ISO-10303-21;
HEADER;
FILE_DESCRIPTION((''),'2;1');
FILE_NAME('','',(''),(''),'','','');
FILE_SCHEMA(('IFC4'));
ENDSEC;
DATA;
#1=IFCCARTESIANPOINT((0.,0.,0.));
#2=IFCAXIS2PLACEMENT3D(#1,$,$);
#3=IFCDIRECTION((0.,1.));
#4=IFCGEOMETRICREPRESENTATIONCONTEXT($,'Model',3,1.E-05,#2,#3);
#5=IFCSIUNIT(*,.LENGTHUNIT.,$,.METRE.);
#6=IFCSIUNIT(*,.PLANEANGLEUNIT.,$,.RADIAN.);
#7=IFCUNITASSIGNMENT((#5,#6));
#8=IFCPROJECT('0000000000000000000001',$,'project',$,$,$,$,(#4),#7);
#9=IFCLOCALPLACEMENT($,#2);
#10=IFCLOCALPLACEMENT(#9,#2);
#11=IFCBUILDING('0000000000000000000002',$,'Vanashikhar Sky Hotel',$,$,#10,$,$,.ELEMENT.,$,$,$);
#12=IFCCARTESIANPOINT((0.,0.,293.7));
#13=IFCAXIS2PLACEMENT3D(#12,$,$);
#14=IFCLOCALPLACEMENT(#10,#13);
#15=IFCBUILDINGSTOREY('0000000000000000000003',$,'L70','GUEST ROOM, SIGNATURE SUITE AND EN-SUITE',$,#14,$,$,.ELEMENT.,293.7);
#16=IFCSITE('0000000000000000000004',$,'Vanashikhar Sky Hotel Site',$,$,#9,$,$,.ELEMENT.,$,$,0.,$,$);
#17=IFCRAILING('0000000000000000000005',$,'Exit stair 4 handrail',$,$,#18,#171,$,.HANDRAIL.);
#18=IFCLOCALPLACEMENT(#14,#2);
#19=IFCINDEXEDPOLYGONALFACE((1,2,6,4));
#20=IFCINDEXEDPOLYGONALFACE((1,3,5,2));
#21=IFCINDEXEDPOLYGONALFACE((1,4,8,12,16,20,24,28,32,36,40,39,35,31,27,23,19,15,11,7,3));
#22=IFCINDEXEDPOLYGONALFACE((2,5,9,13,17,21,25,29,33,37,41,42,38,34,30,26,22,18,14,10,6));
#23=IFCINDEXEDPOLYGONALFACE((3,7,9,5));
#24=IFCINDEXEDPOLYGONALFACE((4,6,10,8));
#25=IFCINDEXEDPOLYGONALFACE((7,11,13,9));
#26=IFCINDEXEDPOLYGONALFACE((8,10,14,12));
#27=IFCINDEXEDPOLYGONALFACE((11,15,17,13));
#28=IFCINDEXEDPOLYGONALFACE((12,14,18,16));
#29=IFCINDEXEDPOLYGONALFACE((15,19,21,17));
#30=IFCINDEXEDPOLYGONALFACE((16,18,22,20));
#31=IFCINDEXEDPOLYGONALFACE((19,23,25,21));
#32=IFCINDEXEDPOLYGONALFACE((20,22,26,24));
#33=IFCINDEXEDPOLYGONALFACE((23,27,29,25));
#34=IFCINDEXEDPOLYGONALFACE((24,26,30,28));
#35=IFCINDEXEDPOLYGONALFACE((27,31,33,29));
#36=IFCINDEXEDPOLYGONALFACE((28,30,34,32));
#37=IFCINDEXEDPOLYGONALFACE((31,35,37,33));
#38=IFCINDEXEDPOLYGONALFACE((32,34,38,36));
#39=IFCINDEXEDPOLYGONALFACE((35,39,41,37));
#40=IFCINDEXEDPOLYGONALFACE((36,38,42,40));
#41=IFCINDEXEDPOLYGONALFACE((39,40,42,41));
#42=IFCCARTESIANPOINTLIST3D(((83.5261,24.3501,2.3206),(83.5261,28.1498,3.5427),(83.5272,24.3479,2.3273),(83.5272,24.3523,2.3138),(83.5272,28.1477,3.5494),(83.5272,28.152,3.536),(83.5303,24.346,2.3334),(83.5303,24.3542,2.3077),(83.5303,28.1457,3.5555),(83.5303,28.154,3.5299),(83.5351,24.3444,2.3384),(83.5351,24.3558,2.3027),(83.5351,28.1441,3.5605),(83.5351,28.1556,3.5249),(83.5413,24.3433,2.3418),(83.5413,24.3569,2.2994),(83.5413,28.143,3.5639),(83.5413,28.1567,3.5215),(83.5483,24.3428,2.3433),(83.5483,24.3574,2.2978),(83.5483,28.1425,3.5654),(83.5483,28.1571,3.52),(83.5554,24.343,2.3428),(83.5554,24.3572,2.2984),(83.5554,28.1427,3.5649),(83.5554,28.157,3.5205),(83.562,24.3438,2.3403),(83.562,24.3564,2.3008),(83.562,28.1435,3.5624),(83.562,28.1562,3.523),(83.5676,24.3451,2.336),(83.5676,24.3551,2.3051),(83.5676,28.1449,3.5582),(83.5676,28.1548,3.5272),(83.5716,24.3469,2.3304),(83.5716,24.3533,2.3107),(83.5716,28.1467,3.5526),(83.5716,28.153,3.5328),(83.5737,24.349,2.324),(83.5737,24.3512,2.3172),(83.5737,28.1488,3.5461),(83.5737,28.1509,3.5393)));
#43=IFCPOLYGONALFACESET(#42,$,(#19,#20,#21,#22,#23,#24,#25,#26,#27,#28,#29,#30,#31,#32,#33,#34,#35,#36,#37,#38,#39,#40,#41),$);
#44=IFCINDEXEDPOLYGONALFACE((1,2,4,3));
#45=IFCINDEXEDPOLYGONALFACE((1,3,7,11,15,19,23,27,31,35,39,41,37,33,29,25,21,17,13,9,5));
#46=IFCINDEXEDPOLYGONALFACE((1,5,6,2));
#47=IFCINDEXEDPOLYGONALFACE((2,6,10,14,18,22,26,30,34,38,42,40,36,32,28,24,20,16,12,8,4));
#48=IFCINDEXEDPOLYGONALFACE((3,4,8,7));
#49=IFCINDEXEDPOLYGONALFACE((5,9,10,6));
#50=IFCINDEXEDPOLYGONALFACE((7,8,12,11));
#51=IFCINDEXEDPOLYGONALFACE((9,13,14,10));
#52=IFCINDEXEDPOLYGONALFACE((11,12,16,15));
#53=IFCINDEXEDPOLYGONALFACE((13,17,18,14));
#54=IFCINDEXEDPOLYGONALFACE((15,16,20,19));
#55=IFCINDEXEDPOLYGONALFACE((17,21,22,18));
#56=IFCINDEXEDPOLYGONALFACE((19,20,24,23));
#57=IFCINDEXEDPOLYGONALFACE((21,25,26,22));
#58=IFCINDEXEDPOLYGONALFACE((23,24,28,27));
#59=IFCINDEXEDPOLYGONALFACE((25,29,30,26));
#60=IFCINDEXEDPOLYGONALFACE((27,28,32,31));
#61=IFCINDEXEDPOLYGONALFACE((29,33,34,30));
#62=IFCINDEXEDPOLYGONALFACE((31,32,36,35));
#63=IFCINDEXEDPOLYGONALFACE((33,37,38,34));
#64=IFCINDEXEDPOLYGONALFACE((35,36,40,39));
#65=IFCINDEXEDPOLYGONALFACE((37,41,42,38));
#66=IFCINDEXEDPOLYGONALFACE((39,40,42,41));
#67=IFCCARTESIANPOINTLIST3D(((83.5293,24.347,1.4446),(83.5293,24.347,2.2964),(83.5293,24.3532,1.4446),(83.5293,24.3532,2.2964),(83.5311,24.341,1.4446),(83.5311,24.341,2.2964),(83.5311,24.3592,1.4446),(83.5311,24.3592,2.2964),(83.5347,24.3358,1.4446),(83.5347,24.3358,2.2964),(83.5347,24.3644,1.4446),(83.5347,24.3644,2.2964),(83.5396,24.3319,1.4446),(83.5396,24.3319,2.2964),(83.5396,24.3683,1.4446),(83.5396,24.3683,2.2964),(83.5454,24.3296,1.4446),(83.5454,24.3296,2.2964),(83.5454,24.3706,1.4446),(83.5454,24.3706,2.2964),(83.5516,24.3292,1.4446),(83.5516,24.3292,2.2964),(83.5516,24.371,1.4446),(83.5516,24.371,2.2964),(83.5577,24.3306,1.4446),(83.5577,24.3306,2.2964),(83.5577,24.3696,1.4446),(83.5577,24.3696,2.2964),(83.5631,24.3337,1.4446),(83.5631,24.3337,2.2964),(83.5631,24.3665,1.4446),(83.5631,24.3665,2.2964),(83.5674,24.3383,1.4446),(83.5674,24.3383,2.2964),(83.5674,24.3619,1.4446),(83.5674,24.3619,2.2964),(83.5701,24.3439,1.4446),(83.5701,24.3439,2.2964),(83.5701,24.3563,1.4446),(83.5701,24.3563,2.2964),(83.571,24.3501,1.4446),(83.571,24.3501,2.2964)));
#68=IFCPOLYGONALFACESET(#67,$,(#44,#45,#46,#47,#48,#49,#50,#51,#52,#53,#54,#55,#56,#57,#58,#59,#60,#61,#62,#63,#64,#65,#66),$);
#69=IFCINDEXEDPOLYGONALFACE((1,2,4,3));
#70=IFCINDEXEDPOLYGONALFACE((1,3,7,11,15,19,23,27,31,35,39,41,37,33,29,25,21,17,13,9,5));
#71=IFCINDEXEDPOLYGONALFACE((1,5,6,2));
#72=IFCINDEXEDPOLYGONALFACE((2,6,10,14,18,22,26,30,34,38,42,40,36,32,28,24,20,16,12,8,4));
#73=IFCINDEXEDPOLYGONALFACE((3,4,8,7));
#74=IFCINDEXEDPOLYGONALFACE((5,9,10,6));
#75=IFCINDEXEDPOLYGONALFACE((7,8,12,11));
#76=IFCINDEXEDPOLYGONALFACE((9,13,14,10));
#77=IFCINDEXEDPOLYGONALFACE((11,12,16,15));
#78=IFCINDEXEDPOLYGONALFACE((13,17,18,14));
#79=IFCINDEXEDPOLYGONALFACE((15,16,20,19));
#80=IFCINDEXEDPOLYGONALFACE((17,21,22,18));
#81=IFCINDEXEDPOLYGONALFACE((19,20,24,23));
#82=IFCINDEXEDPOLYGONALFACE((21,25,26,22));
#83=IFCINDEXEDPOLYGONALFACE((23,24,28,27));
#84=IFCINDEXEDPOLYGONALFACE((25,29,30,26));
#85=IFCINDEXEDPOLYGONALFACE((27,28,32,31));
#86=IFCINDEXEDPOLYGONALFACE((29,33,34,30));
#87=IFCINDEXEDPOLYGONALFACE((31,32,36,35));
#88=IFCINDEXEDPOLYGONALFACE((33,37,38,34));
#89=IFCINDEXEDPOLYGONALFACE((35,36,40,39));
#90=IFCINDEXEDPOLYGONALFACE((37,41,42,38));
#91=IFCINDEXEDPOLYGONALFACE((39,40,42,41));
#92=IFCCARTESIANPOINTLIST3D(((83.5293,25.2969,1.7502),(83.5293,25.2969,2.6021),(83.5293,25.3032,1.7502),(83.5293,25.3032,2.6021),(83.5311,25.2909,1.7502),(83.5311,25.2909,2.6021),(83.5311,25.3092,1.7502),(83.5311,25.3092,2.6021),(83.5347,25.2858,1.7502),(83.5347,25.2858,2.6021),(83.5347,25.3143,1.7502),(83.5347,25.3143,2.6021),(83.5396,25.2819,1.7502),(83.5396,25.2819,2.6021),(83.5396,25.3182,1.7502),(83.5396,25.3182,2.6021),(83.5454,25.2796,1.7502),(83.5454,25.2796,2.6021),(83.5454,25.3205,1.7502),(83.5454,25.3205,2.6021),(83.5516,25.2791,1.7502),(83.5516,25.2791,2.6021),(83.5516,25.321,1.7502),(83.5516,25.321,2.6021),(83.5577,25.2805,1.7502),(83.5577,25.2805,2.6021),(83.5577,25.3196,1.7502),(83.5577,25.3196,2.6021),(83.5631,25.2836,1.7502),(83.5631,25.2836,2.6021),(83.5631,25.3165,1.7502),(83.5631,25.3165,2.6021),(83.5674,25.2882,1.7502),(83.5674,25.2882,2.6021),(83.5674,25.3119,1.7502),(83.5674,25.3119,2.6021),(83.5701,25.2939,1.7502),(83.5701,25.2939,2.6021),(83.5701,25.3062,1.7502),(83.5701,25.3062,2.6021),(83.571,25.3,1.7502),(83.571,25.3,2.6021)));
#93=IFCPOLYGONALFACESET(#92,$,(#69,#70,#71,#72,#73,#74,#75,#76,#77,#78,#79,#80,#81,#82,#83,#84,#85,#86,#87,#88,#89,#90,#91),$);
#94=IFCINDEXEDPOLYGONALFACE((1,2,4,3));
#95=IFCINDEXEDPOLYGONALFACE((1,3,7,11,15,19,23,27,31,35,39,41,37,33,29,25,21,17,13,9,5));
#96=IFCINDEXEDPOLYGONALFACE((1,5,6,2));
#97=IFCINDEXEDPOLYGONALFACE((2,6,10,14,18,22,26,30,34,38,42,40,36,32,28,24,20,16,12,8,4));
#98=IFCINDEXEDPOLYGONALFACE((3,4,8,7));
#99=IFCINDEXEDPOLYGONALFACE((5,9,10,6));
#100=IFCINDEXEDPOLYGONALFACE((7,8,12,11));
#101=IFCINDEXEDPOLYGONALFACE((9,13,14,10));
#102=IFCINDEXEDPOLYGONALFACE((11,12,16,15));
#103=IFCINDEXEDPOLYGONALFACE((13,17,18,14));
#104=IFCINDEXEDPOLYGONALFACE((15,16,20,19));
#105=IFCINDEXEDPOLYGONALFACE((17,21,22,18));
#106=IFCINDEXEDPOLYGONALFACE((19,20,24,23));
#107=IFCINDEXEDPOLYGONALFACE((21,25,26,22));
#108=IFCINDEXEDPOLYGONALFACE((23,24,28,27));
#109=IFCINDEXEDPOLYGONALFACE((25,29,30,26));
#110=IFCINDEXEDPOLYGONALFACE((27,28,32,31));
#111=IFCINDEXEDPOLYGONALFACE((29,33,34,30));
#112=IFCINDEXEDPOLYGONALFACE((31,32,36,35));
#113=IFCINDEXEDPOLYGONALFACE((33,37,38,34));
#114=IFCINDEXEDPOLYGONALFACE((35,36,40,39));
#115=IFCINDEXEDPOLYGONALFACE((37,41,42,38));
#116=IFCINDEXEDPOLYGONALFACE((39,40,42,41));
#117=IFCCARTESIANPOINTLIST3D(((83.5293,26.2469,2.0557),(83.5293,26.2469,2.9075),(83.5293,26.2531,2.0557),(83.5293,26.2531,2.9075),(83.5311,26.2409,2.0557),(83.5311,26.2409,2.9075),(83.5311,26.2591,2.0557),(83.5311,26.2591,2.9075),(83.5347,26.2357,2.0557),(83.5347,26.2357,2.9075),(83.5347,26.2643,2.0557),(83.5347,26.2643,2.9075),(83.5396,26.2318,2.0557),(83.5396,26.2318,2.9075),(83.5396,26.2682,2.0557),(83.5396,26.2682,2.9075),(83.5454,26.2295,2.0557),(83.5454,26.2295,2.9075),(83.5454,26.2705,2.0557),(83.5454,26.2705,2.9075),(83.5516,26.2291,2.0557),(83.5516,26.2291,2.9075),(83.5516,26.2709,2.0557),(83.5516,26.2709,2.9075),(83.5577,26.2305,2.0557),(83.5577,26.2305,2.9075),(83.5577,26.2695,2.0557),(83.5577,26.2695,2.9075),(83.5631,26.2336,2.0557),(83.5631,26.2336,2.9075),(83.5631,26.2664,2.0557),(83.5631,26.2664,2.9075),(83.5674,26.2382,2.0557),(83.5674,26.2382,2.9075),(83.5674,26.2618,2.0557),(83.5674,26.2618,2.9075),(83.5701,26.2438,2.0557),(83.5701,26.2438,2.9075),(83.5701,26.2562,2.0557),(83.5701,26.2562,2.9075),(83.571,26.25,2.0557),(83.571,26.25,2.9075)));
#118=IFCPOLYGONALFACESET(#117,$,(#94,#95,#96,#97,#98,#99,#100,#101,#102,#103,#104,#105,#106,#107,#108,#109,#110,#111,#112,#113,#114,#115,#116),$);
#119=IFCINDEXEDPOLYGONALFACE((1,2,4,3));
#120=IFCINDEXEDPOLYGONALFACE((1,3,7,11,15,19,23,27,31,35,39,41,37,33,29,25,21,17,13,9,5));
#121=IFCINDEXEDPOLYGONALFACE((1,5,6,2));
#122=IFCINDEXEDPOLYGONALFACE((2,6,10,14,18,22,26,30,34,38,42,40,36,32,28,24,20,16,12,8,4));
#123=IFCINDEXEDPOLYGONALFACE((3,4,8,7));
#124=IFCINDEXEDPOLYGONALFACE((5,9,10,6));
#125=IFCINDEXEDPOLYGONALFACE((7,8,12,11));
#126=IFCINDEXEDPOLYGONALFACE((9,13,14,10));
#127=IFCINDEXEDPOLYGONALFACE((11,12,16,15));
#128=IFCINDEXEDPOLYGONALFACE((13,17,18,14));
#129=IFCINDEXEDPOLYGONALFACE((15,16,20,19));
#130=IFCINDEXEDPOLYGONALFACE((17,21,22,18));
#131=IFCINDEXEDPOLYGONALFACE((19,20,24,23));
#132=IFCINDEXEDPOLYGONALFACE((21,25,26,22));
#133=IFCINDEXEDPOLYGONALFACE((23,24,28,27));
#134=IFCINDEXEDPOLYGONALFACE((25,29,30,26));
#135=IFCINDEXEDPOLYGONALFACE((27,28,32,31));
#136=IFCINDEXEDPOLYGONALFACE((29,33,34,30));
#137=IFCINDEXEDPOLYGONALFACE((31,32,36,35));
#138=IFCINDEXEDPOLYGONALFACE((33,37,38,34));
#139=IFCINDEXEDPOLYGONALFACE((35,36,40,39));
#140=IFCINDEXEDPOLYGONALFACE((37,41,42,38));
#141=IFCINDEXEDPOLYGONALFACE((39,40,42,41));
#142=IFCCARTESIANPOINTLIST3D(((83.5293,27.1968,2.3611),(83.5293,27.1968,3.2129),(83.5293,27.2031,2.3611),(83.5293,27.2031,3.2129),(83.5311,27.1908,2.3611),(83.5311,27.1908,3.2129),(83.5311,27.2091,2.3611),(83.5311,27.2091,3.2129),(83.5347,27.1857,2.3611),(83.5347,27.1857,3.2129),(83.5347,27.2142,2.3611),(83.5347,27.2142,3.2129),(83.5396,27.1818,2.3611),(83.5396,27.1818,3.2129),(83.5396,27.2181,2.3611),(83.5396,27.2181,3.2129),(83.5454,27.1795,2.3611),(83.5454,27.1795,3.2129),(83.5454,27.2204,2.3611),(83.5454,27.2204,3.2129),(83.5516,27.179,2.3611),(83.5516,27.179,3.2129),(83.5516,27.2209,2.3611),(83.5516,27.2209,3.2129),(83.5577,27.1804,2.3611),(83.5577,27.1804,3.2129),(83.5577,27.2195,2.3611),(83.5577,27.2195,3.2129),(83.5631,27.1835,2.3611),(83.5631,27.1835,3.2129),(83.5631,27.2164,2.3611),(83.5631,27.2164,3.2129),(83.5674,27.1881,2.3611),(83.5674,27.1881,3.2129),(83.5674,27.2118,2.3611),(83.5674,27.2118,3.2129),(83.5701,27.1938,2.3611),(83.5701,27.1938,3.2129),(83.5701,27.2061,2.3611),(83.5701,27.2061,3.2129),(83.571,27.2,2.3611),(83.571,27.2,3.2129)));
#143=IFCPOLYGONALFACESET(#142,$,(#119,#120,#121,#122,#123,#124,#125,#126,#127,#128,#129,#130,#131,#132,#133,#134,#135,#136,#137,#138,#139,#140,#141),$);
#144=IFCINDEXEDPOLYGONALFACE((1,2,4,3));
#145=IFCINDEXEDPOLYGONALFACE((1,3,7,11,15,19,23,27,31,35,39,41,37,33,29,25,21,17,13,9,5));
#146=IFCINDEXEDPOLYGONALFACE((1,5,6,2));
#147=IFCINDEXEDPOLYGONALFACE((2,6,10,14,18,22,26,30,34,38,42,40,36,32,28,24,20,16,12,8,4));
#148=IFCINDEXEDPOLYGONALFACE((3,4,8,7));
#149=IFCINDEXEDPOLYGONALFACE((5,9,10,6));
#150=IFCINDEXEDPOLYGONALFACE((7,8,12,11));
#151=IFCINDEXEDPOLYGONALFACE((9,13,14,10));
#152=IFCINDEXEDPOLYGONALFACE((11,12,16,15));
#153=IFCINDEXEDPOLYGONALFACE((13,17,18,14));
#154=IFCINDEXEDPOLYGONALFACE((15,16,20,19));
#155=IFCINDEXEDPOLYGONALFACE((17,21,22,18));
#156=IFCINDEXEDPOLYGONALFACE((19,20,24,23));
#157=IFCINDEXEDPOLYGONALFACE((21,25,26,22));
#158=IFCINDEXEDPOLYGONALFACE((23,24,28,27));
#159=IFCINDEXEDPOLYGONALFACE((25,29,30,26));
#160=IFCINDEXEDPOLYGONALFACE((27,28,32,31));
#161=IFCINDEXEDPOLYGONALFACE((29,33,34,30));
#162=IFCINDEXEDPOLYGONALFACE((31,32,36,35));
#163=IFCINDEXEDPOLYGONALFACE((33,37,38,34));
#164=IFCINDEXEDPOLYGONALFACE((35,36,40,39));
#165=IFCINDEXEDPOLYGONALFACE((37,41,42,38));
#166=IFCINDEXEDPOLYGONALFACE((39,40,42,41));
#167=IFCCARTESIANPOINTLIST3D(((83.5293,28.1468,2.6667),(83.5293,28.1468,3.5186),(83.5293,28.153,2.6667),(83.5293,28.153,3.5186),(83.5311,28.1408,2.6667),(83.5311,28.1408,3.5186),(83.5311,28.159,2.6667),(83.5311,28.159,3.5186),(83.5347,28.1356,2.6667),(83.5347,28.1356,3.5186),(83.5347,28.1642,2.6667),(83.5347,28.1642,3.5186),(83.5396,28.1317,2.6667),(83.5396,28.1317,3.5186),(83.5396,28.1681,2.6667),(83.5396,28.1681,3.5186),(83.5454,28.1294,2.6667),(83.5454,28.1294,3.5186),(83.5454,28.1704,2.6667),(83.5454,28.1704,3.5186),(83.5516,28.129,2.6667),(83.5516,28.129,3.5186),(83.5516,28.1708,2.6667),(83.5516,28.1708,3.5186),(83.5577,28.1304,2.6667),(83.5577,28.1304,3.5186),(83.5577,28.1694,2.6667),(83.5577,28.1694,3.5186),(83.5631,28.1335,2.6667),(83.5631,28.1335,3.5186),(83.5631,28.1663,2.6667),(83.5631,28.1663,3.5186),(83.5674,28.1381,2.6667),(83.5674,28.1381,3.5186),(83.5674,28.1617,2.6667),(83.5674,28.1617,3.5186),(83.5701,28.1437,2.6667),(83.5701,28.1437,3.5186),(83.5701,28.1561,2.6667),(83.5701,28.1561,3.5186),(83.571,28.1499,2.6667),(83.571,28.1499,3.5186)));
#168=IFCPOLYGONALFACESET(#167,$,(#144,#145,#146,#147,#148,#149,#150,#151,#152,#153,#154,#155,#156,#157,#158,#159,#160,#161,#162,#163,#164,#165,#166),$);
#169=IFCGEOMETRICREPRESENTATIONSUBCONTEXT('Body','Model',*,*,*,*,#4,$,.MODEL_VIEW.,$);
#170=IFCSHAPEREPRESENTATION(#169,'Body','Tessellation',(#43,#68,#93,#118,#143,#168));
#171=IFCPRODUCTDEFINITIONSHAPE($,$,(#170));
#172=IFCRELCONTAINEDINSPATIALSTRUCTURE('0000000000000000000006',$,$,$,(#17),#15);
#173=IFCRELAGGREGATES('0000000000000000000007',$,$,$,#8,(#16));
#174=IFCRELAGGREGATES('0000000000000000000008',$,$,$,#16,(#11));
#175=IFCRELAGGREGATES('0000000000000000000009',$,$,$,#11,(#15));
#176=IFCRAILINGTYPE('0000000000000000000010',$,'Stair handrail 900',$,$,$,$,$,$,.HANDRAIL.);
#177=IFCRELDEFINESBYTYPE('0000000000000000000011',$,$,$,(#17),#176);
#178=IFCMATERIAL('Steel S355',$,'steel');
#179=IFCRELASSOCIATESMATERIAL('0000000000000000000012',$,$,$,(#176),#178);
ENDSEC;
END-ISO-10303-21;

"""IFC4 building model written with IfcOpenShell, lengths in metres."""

from ifc_helpers import new_model, si_unit, direction, frame, origin, origin_2d, place, context, subcontext, project, spatial, circle, extrude, source, transform, mapped, material, type_object, element, save


model = new_model("IFC4")

# Units and contexts
model_context = context("Model", 3, precision=1e-05, world=origin(), true_north=direction((0.0, 1.0)))
body_context = subcontext(model_context, "Body", "Model", "MODEL_VIEW")
ifc_project = project(units=[si_unit("LENGTHUNIT", "METRE"), si_unit("PLANEANGLEUNIT", "RADIAN")], contexts=[model_context])

# Site, building, storey
site_placement = place(None, origin())
site = spatial("IfcSite", under=ifc_project, at=site_placement, Name="Vanashikhar Sky Hotel Site", CompositionType="ELEMENT", RefElevation=0.0)
building_placement = place(site_placement, origin())
building = spatial("IfcBuilding", under=site, at=building_placement, Name="Vanashikhar Sky Hotel", CompositionType="ELEMENT")
storey_placement = place(building_placement, frame((0.0, 0.0, 293.7)))
storey = spatial("IfcBuildingStorey", under=building, at=storey_placement, Name="L70", Description="GUEST ROOM, SIGNATURE SUITE AND EN-SUITE", CompositionType="ELEMENT", Elevation=293.7)

# Railing
ifc_material_1 = material(Name="Steel S355", Category="steel")
railing_type_1 = type_object("IfcRailingType", Name="Stair handrail 900", PredefinedType="HANDRAIL", material=ifc_material_1)
shared_shape_1 = source(origin(), body_context, "Body", "SweptSolid", [
    extrude(circle(Radius=0.0239, at=origin_2d()), frame((0.0, 0.0, 0.876), z_axis=(0.0, 0.95197, 0.306191), x_axis=(-1.0, 0.0, 0.0)), (0.0, 0.0, 1.0), 3.9915),
    extrude(circle(Radius=0.021, at=origin_2d()), origin(), (0.0, 0.0, 1.0), 0.8518),
    extrude(circle(Radius=0.021, at=origin_2d()), frame((0.0, 0.95, 0.3057)), (0.0, 0.0, 1.0), 0.8518),
    extrude(circle(Radius=0.021, at=origin_2d()), frame((0.0, 1.8999, 0.6111)), (0.0, 0.0, 1.0), 0.8518),
    extrude(circle(Radius=0.021, at=origin_2d()), frame((0.0, 2.8499, 0.9165)), (0.0, 0.0, 1.0), 0.8518),
    extrude(circle(Radius=0.021, at=origin_2d()), frame((0.0, 3.7998, 1.2222)), (0.0, 0.0, 1.0), 0.8518),
])
railing_1_placement = place(storey_placement, frame((83.55, 24.3501, 1.4446)))
element("IfcRailing", 1, at=railing_1_placement, inside=storey, type_object=railing_type_1, Name="Exit stair 4 handrail", PredefinedType="HANDRAIL", context=body_context, shape_type="MappedRepresentation", body=[
    mapped(shared_shape_1, transform((0.0, 0.0, 0.0), scale=1.0)),
])

save(model, "model.ifc")
